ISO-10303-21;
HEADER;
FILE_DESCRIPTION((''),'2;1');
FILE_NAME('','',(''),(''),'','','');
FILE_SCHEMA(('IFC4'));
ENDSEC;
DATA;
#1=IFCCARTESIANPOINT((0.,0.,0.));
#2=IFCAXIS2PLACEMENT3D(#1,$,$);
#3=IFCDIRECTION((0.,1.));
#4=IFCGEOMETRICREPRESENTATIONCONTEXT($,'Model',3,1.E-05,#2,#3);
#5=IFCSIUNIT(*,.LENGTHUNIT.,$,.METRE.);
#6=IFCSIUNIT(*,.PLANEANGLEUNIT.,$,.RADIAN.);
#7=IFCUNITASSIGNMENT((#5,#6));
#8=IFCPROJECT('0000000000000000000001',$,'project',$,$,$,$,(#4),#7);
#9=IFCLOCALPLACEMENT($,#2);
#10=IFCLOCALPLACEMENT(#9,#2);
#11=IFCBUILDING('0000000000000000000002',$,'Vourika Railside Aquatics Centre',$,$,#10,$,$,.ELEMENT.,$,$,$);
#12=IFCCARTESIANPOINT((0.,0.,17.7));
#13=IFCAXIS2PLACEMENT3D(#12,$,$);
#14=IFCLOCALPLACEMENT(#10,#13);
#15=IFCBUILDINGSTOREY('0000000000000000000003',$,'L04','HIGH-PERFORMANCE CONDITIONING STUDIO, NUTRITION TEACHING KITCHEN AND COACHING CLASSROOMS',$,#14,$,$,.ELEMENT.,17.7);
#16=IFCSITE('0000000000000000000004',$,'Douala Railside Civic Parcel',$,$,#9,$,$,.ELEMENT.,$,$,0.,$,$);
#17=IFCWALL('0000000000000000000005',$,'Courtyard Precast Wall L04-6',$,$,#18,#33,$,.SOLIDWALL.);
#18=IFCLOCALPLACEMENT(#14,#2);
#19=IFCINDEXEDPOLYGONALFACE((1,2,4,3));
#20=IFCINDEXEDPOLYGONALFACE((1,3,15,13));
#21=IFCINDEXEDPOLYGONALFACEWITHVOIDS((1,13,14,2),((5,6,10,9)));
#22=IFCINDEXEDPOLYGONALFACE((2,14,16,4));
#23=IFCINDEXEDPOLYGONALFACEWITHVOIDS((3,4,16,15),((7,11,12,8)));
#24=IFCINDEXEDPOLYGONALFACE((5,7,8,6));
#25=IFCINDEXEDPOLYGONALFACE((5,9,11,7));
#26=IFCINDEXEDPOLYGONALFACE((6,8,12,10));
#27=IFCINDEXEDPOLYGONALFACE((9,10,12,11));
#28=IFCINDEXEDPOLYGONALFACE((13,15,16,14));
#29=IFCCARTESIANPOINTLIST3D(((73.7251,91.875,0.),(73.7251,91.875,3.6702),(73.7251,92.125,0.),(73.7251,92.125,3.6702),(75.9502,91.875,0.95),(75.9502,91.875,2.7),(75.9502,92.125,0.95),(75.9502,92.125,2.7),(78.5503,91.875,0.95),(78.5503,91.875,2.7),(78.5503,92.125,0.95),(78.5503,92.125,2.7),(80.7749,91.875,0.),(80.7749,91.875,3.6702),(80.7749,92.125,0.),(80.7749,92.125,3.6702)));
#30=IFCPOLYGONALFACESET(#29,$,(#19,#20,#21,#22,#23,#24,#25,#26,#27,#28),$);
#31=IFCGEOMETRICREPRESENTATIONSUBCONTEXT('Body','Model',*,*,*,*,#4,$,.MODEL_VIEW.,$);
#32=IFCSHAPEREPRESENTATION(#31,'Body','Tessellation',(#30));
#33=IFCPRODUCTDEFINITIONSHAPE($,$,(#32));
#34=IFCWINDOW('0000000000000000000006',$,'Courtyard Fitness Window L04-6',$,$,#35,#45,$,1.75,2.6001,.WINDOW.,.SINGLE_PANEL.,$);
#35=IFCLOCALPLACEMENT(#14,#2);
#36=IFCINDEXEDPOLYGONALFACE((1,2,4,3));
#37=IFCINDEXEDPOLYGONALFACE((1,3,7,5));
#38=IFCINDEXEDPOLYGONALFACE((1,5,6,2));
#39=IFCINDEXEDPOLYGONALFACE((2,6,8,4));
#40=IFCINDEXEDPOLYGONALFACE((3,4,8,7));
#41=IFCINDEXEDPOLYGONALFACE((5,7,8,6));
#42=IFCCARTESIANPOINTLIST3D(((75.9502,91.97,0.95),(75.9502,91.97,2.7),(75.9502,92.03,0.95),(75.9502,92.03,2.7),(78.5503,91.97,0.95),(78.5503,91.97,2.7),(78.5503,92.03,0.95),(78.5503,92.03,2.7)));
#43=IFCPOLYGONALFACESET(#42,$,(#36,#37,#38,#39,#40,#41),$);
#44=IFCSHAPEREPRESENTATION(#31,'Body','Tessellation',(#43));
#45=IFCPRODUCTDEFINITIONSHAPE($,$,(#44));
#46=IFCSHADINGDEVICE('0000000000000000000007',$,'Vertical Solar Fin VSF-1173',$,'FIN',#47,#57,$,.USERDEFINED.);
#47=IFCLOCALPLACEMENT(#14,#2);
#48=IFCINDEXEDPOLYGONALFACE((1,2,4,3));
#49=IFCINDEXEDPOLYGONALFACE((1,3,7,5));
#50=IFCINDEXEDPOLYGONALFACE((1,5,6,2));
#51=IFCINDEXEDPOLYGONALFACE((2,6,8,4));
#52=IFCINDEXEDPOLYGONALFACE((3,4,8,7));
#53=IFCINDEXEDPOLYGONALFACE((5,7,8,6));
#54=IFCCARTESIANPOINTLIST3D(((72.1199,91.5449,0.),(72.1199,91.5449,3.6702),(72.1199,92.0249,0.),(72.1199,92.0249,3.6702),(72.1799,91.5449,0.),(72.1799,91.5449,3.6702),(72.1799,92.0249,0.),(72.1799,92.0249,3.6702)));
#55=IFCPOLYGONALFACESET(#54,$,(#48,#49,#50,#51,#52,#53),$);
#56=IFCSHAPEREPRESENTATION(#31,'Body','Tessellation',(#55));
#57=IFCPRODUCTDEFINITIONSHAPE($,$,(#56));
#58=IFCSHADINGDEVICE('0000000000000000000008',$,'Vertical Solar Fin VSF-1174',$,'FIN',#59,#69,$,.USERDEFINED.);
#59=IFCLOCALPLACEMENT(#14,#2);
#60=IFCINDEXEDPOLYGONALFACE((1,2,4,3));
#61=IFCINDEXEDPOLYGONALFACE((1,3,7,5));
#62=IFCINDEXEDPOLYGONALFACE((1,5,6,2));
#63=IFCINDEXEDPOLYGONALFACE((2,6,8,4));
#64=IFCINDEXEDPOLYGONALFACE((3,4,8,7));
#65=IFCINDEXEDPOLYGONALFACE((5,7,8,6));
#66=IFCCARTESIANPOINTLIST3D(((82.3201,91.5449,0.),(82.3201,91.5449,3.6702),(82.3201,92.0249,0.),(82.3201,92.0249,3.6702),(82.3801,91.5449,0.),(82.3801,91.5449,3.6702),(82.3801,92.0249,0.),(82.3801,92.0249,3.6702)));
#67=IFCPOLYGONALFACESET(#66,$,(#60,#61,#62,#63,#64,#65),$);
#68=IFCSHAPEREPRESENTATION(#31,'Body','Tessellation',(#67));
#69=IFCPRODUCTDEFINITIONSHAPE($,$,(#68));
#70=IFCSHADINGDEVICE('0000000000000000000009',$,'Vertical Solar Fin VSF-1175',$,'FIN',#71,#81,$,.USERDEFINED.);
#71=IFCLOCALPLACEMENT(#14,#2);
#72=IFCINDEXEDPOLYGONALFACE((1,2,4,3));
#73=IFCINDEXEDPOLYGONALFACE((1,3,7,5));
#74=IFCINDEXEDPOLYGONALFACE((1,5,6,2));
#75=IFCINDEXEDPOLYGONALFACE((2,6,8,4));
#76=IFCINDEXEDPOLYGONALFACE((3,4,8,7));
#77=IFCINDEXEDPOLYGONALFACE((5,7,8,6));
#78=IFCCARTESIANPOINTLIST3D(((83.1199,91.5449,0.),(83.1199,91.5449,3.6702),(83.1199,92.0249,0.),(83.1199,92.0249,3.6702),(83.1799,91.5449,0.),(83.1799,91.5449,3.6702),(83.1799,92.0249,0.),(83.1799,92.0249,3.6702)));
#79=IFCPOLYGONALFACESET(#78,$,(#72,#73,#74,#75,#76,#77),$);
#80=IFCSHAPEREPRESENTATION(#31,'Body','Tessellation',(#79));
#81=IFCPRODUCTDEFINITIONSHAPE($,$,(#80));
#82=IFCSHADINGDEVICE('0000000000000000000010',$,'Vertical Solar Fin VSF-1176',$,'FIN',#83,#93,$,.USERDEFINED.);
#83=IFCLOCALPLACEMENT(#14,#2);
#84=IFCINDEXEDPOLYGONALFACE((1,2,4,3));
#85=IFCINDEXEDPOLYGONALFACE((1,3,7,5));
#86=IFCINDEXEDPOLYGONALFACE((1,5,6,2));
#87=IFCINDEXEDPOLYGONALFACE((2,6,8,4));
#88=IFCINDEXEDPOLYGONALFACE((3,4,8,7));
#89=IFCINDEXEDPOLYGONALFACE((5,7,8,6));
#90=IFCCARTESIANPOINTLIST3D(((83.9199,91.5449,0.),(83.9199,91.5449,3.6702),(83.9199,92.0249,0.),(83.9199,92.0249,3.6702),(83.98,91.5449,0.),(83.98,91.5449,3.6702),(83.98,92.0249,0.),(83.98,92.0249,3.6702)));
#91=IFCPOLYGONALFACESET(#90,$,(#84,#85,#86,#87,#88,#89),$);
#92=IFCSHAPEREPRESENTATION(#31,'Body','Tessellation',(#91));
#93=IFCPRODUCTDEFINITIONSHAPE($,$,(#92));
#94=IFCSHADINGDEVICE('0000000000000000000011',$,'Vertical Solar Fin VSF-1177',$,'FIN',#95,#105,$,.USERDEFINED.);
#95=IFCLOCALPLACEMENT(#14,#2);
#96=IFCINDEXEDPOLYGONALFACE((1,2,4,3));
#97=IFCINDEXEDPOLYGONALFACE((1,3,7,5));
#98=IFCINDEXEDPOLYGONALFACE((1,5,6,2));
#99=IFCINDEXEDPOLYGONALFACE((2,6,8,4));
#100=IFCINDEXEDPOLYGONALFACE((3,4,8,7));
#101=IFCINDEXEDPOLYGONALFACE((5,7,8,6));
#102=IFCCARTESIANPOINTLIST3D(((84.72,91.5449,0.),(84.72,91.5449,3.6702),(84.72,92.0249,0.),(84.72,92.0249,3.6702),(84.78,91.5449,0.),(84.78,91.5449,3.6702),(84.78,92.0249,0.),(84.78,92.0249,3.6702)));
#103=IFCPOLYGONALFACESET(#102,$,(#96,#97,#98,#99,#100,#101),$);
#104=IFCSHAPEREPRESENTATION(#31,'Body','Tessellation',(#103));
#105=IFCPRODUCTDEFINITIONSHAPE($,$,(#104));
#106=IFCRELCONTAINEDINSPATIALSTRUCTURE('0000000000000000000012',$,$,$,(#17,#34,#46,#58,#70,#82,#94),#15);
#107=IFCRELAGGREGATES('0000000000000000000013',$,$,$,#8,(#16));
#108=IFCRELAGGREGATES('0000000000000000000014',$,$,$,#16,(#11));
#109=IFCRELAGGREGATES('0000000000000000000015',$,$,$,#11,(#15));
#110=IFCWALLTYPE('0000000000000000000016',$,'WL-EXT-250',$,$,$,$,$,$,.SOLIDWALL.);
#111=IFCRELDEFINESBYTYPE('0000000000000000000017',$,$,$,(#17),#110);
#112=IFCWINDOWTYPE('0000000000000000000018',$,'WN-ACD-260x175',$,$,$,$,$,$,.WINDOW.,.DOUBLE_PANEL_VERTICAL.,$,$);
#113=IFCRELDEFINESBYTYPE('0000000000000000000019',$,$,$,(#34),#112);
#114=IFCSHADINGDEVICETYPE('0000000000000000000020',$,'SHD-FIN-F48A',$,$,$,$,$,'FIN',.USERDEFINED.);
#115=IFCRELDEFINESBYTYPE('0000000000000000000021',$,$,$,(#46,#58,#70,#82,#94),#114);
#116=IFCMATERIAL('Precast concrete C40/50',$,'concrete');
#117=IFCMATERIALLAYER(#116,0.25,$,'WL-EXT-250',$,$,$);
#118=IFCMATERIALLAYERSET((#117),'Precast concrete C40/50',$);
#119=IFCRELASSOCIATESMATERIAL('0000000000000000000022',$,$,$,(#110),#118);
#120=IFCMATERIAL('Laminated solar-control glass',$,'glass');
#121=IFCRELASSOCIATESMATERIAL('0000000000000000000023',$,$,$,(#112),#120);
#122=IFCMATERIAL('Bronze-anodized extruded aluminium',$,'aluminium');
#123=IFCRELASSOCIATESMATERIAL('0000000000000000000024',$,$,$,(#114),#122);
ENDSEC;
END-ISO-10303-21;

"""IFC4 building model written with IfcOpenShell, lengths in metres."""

from ifc_helpers import new_model, si_unit, direction, frame, frame_2d, origin, origin_2d, place, context, subcontext, project, spatial, rectangle, extrude, material, layer, layer_set, material_profile, profile_set, type_object, element, fill, save


model = new_model("IFC4")

# Units and contexts
model_context = context("Model", 3, precision=1e-05, world=origin(), true_north=direction((0.0, 1.0)))
body_context = subcontext(model_context, "Body", "Model", "MODEL_VIEW")
ifc_project = project(units=[si_unit("LENGTHUNIT", "METRE"), si_unit("PLANEANGLEUNIT", "RADIAN")], contexts=[model_context])

# Site, building, storey
site_placement = place(None, origin())
site = spatial("IfcSite", under=ifc_project, at=site_placement, Name="Douala Railside Civic Parcel", CompositionType="ELEMENT", RefElevation=0.0)
building_placement = place(site_placement, origin())
building = spatial("IfcBuilding", under=site, at=building_placement, Name="Vourika Railside Aquatics Centre", CompositionType="ELEMENT")
storey_placement = place(building_placement, frame((0.0, 0.0, 17.7)))
storey = spatial("IfcBuildingStorey", under=building, at=storey_placement, Name="L04", Description="HIGH-PERFORMANCE CONDITIONING STUDIO, NUTRITION TEACHING KITCHEN AND COACHING CLASSROOMS", CompositionType="ELEMENT", Elevation=17.7)

# Wall, opening, window
ifc_material_1 = material(Name="Precast concrete C40/50", Category="concrete")
ifc_layer_1 = layer(ifc_material_1, 0.25, Name="WL-EXT-250")
ifc_layer_set_1 = layer_set([ifc_layer_1], Name="Precast concrete C40/50")
wall_type = type_object("IfcWallType", Name="WL-EXT-250", PredefinedType="SOLIDWALL", material=ifc_layer_set_1)
wall_placement = place(storey_placement, frame((73.7251, 92.0, 0.0), z_axis=(0.0, 0.0, 1.0), x_axis=(1.0, 0.0, 0.0)))
wall = element("IfcWall", 1, at=wall_placement, inside=storey, type_object=wall_type, Name="Courtyard Precast Wall L04-6", PredefinedType="SOLIDWALL", context=body_context, shape_type="SweptSolid", body=[
    extrude(rectangle(XDim=7.0498, YDim=0.25, at=frame_2d((3.5249, 0.0))), origin(), (0.0, 0.0, 1.0), 3.6702),
])
opening_placement = place(wall_placement, frame((2.2251, 0.0, 0.95)))
opening = element("IfcOpeningElement", 2, at=opening_placement, cuts=wall, PredefinedType="OPENING", context=body_context, shape_type="SweptSolid", body=[
    extrude(rectangle(XDim=2.6001, YDim=1.75, at=frame_2d((1.3, 0.875))), frame((0.0, 0.135, 0.0), z_axis=(0.0, -1.0, 0.0), x_axis=(1.0, 0.0, 0.0)), (0.0, 0.0, 1.0), 0.27),
])
ifc_material_2 = material(Name="Laminated solar-control glass", Category="glass")
window_type = type_object("IfcWindowType", Name="WN-ACD-260x175", PartitioningType="DOUBLE_PANEL_VERTICAL", PredefinedType="WINDOW", material=ifc_material_2)
window_placement = place(opening_placement, origin())
window = element("IfcWindow", 3, at=window_placement, inside=storey, type_object=window_type, Name="Courtyard Fitness Window L04-6", OverallHeight=1.75, OverallWidth=2.6001, PartitioningType="SINGLE_PANEL", PredefinedType="WINDOW", context=body_context, shape_type="SweptSolid", body=[
    extrude(rectangle(XDim=2.6001, YDim=1.75, at=frame_2d((1.3, 0.875))), frame((0.0, 0.03, 0.0), z_axis=(0.0, -1.0, 0.0), x_axis=(1.0, 0.0, 0.0)), (0.0, 0.0, 1.0), 0.0601),
])
fill(opening, window)

# Shading devices
ifc_material_3 = material(Name="Bronze-anodized extruded aluminium", Category="aluminium")
ifc_material_profile_1 = material_profile(ifc_material_3, rectangle(XDim=0.0601, YDim=0.48, at=origin_2d()), Name="ALU-FIN 60x480")
ifc_profile_set_1 = profile_set([ifc_material_profile_1], Name="Bronze-anodized extruded aluminium")
shading_device_type = type_object("IfcShadingDeviceType", Name="SHD-FIN-F48A", ElementType="FIN", PredefinedType="USERDEFINED", material=ifc_profile_set_1)
for number, where, z_axis, x_axis, name in (
    (4, (72.1499, 91.7849, 0.0), (0.0, 0.0, 1.0), (-1.0, 0.0, 0.0), "Vertical Solar Fin VSF-1173"),
    (5, (82.3501, 91.7849, 0.0), (0.0, 0.0, 1.0), (-1.0, 0.0, 0.0), "Vertical Solar Fin VSF-1174"),
    (6, (83.1499, 91.7849, 0.0), (0.0, 0.0, 1.0), (-1.0, 0.0, 0.0), "Vertical Solar Fin VSF-1175"),
    (7, (83.95, 91.7849, 0.0), (0.0, 0.0, 1.0), (-1.0, 0.0, 0.0), "Vertical Solar Fin VSF-1176"),
    (8, (84.75, 91.7849, 0.0), (0.0, 0.0, 1.0), (-1.0, 0.0, 0.0), "Vertical Solar Fin VSF-1177"),
):
    element("IfcShadingDevice", number, at=place(storey_placement, frame(where, z_axis=z_axis, x_axis=x_axis)), inside=storey, type_object=shading_device_type, Name=name, ObjectType="FIN", PredefinedType="USERDEFINED", context=body_context, shape_type="SweptSolid", body=[
        extrude(rectangle(XDim=0.0601, YDim=0.48, at=origin_2d()), origin(), (0.0, 0.0, 1.0), 3.6702),
    ])

save(model, "model.ifc")
